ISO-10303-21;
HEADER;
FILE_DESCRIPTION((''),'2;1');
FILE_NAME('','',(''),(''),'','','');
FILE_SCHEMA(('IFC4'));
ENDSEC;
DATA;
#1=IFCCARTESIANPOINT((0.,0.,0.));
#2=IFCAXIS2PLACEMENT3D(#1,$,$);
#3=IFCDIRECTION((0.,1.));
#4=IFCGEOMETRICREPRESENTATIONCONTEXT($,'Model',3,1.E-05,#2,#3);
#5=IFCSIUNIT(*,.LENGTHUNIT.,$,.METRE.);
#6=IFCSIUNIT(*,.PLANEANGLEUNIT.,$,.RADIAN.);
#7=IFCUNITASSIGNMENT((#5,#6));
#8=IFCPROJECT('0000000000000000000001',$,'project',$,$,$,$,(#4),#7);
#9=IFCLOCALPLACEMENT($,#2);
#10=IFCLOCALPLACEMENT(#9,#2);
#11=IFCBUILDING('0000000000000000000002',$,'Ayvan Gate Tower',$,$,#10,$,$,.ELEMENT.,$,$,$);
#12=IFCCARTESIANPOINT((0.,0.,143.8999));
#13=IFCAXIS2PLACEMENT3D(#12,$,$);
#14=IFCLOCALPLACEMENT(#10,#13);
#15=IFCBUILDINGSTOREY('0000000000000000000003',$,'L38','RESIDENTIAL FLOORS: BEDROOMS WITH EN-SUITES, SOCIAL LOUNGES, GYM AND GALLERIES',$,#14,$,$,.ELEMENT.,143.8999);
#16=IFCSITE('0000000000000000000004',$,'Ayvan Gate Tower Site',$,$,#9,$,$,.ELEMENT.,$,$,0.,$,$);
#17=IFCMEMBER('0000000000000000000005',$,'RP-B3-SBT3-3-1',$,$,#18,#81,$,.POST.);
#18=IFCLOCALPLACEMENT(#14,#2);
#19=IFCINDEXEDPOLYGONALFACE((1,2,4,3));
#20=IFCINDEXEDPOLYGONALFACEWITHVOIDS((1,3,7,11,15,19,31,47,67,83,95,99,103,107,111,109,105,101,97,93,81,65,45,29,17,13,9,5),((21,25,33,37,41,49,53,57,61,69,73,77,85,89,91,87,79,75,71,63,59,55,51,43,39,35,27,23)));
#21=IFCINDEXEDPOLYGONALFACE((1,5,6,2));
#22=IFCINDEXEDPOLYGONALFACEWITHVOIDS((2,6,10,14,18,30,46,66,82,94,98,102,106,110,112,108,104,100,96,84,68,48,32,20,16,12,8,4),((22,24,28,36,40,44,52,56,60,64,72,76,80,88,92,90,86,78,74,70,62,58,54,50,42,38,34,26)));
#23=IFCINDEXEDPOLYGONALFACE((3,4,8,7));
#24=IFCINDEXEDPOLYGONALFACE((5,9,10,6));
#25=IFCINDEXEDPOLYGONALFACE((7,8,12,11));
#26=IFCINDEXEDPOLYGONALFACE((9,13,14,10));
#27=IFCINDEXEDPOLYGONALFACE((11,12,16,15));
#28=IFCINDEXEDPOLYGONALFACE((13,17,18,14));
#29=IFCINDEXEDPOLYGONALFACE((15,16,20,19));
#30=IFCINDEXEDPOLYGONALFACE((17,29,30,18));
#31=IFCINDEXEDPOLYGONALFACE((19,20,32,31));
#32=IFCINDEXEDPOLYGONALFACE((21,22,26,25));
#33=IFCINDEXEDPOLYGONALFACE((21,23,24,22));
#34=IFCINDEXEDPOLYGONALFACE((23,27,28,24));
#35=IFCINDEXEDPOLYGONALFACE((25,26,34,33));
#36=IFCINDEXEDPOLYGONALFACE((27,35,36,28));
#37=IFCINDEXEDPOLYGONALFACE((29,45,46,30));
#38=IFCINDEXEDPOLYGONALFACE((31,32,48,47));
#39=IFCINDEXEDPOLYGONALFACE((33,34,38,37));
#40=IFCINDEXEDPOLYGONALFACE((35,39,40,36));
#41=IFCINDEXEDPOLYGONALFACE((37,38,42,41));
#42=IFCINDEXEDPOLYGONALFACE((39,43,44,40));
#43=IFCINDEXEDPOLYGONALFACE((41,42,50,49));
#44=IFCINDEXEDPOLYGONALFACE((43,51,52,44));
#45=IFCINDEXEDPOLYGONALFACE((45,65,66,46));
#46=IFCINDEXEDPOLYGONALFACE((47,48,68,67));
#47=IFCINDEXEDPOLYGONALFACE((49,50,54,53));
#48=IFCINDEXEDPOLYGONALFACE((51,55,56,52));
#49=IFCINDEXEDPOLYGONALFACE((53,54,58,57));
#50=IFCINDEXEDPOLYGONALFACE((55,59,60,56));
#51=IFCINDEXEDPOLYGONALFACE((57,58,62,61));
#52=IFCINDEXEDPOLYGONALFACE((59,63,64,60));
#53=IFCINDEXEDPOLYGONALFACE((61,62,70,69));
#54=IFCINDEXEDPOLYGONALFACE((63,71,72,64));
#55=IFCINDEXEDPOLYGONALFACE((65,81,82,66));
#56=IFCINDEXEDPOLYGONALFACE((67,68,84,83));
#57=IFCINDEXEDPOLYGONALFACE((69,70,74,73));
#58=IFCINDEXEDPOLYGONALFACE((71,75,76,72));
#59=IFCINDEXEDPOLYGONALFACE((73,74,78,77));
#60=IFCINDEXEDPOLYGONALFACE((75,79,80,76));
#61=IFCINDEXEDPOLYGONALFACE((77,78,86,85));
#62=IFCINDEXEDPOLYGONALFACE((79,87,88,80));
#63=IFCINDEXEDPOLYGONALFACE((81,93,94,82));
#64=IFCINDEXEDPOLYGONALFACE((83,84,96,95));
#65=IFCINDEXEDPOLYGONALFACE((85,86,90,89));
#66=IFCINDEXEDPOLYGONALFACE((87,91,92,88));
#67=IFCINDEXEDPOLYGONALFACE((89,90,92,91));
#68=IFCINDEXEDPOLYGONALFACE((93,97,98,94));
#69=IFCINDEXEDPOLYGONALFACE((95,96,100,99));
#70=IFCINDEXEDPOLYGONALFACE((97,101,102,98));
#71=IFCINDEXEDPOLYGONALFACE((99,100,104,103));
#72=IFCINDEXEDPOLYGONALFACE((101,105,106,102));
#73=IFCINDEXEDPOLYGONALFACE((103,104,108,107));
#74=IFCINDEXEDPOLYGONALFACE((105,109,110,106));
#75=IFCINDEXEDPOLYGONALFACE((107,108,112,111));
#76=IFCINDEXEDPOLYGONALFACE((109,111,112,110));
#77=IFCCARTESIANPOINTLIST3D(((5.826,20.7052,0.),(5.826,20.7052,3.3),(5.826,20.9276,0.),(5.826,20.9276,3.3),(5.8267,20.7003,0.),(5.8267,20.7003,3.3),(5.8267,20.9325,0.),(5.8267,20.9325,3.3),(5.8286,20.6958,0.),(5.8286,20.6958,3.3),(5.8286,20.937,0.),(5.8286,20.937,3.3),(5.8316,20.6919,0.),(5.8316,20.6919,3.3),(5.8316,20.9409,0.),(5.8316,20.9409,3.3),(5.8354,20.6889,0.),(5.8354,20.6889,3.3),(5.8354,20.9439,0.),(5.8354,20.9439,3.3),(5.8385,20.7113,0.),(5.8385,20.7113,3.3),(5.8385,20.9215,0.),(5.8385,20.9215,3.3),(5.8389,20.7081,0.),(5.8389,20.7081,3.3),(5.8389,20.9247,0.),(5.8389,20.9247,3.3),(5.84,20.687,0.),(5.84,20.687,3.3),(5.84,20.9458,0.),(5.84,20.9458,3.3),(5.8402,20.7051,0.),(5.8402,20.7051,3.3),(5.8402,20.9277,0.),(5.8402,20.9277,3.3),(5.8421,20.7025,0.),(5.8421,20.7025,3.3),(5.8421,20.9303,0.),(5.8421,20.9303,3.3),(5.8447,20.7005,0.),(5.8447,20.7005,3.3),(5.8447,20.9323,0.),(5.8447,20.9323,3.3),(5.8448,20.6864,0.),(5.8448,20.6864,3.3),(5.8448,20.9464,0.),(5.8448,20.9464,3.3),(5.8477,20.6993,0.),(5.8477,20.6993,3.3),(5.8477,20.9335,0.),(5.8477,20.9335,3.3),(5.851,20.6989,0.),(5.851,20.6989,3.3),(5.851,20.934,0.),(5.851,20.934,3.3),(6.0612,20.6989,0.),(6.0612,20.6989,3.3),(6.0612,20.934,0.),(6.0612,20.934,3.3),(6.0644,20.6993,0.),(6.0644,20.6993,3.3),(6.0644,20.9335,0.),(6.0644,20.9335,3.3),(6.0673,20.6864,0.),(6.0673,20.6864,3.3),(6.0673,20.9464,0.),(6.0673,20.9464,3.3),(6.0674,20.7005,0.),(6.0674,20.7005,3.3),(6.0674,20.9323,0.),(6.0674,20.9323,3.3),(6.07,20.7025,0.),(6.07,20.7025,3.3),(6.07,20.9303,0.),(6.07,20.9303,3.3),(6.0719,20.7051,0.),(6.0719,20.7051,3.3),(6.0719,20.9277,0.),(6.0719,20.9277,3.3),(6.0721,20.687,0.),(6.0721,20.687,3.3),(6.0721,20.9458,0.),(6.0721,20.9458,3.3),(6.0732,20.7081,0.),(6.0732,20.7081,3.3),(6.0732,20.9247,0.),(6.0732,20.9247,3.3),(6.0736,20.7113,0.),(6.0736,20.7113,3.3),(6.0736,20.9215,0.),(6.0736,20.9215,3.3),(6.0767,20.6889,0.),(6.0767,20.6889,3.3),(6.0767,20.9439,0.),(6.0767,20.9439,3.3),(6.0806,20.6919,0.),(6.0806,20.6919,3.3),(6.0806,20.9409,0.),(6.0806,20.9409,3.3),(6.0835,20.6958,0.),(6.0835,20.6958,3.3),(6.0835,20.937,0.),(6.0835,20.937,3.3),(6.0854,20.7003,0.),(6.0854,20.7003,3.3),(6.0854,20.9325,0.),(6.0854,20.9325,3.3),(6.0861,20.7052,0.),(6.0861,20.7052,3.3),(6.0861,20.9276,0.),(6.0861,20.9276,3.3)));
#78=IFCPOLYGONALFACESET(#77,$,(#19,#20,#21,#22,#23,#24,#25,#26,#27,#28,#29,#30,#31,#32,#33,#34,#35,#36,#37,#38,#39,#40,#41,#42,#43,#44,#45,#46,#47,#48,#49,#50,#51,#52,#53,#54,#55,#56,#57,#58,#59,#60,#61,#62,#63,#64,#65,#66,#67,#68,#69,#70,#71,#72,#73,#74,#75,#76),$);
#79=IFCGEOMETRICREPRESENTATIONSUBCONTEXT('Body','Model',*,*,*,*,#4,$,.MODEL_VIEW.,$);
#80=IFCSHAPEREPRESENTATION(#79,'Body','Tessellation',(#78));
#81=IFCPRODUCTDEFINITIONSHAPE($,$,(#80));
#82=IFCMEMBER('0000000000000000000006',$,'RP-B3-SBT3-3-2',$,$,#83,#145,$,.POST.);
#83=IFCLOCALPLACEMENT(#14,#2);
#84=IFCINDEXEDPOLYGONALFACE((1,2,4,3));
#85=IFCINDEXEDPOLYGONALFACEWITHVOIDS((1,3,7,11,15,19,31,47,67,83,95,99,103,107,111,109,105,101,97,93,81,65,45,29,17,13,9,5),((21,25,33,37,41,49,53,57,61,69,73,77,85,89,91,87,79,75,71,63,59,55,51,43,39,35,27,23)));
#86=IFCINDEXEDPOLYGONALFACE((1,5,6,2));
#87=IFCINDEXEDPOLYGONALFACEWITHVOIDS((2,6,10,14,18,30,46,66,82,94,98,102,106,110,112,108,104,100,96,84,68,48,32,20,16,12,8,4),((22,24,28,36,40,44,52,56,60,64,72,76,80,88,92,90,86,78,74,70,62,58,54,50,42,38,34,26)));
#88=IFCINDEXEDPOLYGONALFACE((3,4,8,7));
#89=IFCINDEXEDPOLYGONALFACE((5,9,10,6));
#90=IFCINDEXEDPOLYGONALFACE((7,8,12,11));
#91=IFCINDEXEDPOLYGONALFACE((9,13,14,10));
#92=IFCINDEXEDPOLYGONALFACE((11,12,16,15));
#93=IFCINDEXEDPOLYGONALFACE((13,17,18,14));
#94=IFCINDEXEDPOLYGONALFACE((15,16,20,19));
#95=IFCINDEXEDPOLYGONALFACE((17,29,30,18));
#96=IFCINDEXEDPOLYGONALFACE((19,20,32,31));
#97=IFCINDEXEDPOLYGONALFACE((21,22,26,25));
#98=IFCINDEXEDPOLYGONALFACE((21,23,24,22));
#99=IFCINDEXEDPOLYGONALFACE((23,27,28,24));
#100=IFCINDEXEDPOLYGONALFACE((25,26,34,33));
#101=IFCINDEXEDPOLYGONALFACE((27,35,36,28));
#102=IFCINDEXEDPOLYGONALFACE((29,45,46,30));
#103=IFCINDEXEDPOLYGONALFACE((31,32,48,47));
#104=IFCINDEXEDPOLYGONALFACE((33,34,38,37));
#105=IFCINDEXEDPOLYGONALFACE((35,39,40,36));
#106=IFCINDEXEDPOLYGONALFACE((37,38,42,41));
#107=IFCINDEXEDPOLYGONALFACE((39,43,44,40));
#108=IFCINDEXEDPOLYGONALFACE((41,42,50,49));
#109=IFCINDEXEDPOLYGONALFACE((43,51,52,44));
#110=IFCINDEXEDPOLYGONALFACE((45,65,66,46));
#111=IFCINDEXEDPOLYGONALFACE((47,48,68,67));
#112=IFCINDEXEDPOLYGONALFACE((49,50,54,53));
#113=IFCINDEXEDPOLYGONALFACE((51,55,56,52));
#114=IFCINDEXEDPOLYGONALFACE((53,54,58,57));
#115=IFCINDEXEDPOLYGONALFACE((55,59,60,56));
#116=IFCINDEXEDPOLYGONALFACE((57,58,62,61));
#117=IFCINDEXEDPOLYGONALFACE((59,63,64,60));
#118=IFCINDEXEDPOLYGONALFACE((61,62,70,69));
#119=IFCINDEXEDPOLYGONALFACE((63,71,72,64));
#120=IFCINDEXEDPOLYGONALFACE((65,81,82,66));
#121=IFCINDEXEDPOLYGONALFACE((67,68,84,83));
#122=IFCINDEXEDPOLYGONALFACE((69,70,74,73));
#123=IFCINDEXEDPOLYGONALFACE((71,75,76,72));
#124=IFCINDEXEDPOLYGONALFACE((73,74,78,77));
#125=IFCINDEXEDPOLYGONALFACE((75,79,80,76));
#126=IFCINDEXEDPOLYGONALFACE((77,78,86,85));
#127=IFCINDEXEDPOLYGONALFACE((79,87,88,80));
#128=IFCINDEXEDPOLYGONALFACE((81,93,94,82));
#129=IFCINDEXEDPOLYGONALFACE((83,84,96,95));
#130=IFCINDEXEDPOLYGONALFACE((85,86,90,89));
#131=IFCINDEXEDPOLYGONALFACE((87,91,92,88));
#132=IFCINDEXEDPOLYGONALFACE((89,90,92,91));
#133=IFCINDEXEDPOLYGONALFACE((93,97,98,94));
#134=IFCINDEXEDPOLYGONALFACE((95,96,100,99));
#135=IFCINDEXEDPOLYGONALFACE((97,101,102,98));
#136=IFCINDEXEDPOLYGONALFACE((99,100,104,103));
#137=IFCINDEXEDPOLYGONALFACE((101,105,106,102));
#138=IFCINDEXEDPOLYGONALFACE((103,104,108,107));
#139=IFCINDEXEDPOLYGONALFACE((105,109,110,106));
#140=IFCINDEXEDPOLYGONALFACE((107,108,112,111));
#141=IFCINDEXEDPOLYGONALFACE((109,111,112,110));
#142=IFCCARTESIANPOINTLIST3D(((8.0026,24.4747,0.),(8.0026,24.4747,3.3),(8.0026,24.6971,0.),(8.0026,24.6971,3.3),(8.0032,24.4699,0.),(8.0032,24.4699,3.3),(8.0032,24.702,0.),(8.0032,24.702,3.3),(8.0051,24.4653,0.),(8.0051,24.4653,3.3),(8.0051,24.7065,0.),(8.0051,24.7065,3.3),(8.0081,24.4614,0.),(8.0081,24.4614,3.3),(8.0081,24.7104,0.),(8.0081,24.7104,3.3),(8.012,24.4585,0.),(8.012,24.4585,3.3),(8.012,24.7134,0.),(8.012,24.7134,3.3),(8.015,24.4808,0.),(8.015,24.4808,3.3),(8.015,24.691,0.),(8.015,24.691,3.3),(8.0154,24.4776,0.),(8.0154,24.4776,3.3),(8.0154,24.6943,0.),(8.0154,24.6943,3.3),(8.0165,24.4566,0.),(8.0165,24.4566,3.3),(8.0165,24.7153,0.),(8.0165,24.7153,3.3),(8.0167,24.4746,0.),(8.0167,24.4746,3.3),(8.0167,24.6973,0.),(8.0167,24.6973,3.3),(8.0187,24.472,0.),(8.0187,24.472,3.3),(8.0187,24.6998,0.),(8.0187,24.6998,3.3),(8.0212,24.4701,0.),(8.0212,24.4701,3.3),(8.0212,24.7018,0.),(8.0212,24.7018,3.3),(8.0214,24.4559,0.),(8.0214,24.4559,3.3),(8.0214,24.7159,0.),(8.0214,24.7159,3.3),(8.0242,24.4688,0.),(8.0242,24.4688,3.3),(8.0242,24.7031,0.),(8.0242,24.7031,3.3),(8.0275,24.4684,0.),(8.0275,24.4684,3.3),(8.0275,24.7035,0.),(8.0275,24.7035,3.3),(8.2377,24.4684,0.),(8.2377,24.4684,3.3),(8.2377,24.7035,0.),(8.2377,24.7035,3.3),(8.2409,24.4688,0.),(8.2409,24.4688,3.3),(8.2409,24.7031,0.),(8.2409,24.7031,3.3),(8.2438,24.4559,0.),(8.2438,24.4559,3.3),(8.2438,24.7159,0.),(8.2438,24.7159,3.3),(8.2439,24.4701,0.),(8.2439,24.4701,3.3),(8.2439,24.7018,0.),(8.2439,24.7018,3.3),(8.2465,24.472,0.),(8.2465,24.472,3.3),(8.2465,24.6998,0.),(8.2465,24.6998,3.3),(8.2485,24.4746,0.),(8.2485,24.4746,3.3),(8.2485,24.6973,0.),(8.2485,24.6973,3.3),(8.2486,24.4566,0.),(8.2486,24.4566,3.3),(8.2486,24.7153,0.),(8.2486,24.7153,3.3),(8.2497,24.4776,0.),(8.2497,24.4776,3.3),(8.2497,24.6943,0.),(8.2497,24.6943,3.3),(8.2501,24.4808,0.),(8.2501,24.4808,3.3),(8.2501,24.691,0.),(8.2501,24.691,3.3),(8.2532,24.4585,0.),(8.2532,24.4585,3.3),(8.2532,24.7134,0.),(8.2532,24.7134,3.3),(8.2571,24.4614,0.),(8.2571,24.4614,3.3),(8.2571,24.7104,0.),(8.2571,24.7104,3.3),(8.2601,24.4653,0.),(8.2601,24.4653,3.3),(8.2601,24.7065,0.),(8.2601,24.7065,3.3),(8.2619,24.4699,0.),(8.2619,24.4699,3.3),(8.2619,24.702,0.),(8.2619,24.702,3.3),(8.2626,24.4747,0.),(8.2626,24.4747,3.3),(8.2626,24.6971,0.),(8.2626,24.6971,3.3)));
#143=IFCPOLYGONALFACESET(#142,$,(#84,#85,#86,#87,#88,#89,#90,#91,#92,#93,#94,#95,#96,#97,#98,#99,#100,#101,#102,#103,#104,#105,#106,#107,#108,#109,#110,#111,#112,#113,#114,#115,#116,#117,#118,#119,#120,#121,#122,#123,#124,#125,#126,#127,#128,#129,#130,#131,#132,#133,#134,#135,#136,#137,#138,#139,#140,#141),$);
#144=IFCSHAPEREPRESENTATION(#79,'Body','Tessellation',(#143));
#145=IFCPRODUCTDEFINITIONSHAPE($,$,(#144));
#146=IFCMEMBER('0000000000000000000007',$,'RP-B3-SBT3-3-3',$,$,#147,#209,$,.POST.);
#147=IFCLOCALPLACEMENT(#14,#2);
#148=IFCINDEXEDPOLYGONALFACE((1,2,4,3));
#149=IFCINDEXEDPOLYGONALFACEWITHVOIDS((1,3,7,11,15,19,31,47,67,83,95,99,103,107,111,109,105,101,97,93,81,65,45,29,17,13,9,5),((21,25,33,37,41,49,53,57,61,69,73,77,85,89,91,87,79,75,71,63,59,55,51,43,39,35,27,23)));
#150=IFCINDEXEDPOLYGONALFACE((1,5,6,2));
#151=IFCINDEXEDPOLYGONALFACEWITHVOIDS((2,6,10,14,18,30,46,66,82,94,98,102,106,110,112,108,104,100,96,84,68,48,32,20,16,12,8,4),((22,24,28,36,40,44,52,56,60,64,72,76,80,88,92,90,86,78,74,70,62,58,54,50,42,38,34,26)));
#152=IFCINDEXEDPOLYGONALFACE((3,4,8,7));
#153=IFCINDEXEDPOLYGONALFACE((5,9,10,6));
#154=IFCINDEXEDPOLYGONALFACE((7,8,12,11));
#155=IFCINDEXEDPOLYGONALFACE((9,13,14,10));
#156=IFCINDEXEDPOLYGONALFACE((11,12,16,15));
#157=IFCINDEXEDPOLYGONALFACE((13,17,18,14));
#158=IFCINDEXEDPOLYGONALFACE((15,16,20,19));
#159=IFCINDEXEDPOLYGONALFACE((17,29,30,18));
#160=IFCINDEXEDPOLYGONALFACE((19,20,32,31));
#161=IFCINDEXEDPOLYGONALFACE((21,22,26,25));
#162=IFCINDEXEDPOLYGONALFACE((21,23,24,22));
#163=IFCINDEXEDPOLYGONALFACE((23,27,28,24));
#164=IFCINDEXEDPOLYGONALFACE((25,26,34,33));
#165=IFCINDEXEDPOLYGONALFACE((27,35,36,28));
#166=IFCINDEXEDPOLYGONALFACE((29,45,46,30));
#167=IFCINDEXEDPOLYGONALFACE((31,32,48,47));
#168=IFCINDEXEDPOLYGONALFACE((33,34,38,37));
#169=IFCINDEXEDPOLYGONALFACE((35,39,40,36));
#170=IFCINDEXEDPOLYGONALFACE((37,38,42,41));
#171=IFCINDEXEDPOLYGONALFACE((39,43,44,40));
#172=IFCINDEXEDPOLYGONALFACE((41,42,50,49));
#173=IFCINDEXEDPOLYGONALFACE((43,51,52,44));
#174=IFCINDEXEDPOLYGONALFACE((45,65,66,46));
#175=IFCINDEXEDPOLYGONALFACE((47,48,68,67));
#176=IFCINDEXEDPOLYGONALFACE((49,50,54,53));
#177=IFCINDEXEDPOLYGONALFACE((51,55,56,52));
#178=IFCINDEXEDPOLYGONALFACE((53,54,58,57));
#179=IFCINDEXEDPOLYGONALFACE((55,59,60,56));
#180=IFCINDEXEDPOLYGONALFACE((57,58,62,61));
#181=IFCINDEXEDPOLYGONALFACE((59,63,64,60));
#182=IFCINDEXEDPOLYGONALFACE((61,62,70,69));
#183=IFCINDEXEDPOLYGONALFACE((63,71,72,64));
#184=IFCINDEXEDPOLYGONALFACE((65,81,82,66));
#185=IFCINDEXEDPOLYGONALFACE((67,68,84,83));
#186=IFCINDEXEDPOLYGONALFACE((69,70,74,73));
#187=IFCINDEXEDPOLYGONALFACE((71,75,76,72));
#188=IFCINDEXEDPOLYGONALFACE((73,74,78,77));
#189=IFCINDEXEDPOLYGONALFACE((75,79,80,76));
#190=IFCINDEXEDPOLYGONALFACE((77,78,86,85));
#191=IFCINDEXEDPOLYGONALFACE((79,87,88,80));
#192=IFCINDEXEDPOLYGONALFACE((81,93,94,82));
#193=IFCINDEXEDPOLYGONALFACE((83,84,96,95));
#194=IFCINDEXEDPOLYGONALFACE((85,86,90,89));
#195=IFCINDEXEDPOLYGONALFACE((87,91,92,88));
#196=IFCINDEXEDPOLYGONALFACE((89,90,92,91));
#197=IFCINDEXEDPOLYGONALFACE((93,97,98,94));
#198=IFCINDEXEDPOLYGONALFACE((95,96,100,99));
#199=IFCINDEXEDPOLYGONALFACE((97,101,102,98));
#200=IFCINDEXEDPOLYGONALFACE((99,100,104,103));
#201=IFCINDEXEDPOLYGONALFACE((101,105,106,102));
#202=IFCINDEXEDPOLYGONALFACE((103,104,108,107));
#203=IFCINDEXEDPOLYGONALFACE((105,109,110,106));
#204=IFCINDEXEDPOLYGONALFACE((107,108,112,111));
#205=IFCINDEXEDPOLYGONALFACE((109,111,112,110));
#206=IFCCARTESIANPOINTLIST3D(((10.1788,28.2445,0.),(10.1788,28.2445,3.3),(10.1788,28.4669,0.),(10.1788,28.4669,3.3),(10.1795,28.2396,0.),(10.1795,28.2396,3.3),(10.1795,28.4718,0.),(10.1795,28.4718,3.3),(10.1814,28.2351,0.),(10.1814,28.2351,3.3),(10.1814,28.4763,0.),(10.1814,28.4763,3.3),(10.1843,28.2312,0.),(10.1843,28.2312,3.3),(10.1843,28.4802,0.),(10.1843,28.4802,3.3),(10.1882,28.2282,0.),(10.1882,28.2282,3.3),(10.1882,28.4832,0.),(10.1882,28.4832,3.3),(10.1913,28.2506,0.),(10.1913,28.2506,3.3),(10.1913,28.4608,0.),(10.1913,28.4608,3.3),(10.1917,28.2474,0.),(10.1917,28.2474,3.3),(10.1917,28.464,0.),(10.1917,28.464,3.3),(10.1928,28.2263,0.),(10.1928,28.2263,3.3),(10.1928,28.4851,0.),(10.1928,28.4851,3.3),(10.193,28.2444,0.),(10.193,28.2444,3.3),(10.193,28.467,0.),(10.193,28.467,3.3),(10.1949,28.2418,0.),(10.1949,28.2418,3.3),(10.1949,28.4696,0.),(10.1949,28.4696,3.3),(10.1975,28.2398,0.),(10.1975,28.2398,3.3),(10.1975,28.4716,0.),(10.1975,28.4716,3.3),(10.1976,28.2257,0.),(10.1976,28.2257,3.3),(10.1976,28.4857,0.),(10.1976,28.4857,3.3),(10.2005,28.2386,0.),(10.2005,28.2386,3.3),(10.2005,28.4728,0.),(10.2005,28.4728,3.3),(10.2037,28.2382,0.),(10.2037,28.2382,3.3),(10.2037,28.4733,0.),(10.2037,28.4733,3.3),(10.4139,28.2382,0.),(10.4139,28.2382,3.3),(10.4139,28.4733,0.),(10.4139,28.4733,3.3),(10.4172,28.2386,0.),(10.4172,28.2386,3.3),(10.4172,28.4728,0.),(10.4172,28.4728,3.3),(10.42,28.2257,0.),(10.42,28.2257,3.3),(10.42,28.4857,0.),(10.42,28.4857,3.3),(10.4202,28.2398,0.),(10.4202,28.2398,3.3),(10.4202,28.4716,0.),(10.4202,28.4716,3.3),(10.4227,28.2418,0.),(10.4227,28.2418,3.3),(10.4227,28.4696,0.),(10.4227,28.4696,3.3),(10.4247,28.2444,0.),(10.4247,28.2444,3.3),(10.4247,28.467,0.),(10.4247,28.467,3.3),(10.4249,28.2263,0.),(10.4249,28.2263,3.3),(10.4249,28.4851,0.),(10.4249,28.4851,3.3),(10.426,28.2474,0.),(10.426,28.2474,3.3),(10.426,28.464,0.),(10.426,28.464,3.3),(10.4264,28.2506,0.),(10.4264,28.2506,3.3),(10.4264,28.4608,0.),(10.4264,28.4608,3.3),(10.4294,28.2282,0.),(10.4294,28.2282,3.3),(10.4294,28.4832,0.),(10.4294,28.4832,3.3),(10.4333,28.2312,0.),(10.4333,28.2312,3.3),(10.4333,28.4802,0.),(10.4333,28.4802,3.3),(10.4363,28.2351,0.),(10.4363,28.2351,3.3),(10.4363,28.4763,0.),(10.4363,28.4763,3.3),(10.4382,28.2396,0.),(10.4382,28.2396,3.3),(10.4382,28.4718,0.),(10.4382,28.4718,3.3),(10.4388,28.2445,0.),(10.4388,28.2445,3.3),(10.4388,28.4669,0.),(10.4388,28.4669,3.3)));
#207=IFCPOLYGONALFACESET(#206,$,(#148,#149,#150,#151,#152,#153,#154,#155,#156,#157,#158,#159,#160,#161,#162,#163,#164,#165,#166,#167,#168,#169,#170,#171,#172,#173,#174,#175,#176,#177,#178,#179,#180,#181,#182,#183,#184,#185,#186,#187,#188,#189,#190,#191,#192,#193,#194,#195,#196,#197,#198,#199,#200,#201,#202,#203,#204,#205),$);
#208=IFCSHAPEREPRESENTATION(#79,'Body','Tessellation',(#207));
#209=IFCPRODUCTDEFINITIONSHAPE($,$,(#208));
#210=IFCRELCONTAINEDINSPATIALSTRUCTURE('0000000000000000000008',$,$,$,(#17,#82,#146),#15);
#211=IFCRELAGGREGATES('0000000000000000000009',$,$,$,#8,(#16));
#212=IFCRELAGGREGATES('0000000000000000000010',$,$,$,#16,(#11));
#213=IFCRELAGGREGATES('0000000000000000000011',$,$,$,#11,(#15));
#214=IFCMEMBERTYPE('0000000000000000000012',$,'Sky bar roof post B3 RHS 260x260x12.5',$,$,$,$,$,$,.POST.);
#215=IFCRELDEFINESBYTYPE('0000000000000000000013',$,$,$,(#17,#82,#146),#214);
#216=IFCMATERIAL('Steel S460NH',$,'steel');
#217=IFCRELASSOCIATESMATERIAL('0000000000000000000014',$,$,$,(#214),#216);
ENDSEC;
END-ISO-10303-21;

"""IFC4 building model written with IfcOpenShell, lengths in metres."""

from ifc_helpers import new_model, si_unit, direction, frame, origin, origin_2d, place, context, subcontext, project, spatial, hollow_rectangle, extrude, material, material_profile, profile_set, type_object, element, save


model = new_model("IFC4")

# Units and contexts
model_context = context("Model", 3, precision=1e-05, world=origin(), true_north=direction((0.0, 1.0)))
body_context = subcontext(model_context, "Body", "Model", "MODEL_VIEW")
ifc_project = project(units=[si_unit("LENGTHUNIT", "METRE"), si_unit("PLANEANGLEUNIT", "RADIAN")], contexts=[model_context])

# Site, building, storey
site_placement = place(None, origin())
site = spatial("IfcSite", under=ifc_project, at=site_placement, Name="Ayvan Gate Tower Site", CompositionType="ELEMENT", RefElevation=0.0)
building_placement = place(site_placement, origin())
building = spatial("IfcBuilding", under=site, at=building_placement, Name="Ayvan Gate Tower", CompositionType="ELEMENT")
storey_placement = place(building_placement, frame((0.0, 0.0, 143.8999)))
storey = spatial("IfcBuildingStorey", under=building, at=storey_placement, Name="L38", Description="RESIDENTIAL FLOORS: BEDROOMS WITH EN-SUITES, SOCIAL LOUNGES, GYM AND GALLERIES", CompositionType="ELEMENT", Elevation=143.8999)

# Members
ifc_material_1 = material(Name="Steel S460NH", Category="steel")
ifc_material_profile_1 = material_profile(ifc_material_1, hollow_rectangle(XDim=0.26, YDim=0.26, WallThickness=0.0125, InnerFilletRadius=0.0125, OuterFilletRadius=0.0188, at=origin_2d()), Name="RHS 260x260x12.5")
ifc_profile_set_1 = profile_set([ifc_material_profile_1], Name="Steel S460NH")
member_type_1 = type_object("IfcMemberType", Name="Sky bar roof post B3 RHS 260x260x12.5", PredefinedType="POST", material=ifc_profile_set_1)
for number, where, z_axis, x_axis, name in (
    (1, (5.9561, 20.8164, 0.0), (0.0, 0.0, 1.0), (1.0, 0.0, 0.0), "RP-B3-SBT3-3-1"),
    (2, (8.1326, 24.5859, 0.0), (0.0, 0.0, 1.0), (1.0, 0.0, 0.0), "RP-B3-SBT3-3-2"),
    (3, (10.3088, 28.3557, 0.0), (0.0, 0.0, 1.0), (1.0, 0.0, 0.0), "RP-B3-SBT3-3-3"),
):
    element("IfcMember", number, at=place(storey_placement, frame(where, z_axis=z_axis, x_axis=x_axis)), inside=storey, type_object=member_type_1, Name=name, PredefinedType="POST", context=body_context, shape_type="SweptSolid", body=[
        extrude(hollow_rectangle(XDim=0.26, YDim=0.26, WallThickness=0.0125, InnerFilletRadius=0.0125, OuterFilletRadius=0.0188, at=origin_2d()), origin(), (0.0, 0.0, 1.0), 3.3),
    ])

save(model, "model.ifc")
